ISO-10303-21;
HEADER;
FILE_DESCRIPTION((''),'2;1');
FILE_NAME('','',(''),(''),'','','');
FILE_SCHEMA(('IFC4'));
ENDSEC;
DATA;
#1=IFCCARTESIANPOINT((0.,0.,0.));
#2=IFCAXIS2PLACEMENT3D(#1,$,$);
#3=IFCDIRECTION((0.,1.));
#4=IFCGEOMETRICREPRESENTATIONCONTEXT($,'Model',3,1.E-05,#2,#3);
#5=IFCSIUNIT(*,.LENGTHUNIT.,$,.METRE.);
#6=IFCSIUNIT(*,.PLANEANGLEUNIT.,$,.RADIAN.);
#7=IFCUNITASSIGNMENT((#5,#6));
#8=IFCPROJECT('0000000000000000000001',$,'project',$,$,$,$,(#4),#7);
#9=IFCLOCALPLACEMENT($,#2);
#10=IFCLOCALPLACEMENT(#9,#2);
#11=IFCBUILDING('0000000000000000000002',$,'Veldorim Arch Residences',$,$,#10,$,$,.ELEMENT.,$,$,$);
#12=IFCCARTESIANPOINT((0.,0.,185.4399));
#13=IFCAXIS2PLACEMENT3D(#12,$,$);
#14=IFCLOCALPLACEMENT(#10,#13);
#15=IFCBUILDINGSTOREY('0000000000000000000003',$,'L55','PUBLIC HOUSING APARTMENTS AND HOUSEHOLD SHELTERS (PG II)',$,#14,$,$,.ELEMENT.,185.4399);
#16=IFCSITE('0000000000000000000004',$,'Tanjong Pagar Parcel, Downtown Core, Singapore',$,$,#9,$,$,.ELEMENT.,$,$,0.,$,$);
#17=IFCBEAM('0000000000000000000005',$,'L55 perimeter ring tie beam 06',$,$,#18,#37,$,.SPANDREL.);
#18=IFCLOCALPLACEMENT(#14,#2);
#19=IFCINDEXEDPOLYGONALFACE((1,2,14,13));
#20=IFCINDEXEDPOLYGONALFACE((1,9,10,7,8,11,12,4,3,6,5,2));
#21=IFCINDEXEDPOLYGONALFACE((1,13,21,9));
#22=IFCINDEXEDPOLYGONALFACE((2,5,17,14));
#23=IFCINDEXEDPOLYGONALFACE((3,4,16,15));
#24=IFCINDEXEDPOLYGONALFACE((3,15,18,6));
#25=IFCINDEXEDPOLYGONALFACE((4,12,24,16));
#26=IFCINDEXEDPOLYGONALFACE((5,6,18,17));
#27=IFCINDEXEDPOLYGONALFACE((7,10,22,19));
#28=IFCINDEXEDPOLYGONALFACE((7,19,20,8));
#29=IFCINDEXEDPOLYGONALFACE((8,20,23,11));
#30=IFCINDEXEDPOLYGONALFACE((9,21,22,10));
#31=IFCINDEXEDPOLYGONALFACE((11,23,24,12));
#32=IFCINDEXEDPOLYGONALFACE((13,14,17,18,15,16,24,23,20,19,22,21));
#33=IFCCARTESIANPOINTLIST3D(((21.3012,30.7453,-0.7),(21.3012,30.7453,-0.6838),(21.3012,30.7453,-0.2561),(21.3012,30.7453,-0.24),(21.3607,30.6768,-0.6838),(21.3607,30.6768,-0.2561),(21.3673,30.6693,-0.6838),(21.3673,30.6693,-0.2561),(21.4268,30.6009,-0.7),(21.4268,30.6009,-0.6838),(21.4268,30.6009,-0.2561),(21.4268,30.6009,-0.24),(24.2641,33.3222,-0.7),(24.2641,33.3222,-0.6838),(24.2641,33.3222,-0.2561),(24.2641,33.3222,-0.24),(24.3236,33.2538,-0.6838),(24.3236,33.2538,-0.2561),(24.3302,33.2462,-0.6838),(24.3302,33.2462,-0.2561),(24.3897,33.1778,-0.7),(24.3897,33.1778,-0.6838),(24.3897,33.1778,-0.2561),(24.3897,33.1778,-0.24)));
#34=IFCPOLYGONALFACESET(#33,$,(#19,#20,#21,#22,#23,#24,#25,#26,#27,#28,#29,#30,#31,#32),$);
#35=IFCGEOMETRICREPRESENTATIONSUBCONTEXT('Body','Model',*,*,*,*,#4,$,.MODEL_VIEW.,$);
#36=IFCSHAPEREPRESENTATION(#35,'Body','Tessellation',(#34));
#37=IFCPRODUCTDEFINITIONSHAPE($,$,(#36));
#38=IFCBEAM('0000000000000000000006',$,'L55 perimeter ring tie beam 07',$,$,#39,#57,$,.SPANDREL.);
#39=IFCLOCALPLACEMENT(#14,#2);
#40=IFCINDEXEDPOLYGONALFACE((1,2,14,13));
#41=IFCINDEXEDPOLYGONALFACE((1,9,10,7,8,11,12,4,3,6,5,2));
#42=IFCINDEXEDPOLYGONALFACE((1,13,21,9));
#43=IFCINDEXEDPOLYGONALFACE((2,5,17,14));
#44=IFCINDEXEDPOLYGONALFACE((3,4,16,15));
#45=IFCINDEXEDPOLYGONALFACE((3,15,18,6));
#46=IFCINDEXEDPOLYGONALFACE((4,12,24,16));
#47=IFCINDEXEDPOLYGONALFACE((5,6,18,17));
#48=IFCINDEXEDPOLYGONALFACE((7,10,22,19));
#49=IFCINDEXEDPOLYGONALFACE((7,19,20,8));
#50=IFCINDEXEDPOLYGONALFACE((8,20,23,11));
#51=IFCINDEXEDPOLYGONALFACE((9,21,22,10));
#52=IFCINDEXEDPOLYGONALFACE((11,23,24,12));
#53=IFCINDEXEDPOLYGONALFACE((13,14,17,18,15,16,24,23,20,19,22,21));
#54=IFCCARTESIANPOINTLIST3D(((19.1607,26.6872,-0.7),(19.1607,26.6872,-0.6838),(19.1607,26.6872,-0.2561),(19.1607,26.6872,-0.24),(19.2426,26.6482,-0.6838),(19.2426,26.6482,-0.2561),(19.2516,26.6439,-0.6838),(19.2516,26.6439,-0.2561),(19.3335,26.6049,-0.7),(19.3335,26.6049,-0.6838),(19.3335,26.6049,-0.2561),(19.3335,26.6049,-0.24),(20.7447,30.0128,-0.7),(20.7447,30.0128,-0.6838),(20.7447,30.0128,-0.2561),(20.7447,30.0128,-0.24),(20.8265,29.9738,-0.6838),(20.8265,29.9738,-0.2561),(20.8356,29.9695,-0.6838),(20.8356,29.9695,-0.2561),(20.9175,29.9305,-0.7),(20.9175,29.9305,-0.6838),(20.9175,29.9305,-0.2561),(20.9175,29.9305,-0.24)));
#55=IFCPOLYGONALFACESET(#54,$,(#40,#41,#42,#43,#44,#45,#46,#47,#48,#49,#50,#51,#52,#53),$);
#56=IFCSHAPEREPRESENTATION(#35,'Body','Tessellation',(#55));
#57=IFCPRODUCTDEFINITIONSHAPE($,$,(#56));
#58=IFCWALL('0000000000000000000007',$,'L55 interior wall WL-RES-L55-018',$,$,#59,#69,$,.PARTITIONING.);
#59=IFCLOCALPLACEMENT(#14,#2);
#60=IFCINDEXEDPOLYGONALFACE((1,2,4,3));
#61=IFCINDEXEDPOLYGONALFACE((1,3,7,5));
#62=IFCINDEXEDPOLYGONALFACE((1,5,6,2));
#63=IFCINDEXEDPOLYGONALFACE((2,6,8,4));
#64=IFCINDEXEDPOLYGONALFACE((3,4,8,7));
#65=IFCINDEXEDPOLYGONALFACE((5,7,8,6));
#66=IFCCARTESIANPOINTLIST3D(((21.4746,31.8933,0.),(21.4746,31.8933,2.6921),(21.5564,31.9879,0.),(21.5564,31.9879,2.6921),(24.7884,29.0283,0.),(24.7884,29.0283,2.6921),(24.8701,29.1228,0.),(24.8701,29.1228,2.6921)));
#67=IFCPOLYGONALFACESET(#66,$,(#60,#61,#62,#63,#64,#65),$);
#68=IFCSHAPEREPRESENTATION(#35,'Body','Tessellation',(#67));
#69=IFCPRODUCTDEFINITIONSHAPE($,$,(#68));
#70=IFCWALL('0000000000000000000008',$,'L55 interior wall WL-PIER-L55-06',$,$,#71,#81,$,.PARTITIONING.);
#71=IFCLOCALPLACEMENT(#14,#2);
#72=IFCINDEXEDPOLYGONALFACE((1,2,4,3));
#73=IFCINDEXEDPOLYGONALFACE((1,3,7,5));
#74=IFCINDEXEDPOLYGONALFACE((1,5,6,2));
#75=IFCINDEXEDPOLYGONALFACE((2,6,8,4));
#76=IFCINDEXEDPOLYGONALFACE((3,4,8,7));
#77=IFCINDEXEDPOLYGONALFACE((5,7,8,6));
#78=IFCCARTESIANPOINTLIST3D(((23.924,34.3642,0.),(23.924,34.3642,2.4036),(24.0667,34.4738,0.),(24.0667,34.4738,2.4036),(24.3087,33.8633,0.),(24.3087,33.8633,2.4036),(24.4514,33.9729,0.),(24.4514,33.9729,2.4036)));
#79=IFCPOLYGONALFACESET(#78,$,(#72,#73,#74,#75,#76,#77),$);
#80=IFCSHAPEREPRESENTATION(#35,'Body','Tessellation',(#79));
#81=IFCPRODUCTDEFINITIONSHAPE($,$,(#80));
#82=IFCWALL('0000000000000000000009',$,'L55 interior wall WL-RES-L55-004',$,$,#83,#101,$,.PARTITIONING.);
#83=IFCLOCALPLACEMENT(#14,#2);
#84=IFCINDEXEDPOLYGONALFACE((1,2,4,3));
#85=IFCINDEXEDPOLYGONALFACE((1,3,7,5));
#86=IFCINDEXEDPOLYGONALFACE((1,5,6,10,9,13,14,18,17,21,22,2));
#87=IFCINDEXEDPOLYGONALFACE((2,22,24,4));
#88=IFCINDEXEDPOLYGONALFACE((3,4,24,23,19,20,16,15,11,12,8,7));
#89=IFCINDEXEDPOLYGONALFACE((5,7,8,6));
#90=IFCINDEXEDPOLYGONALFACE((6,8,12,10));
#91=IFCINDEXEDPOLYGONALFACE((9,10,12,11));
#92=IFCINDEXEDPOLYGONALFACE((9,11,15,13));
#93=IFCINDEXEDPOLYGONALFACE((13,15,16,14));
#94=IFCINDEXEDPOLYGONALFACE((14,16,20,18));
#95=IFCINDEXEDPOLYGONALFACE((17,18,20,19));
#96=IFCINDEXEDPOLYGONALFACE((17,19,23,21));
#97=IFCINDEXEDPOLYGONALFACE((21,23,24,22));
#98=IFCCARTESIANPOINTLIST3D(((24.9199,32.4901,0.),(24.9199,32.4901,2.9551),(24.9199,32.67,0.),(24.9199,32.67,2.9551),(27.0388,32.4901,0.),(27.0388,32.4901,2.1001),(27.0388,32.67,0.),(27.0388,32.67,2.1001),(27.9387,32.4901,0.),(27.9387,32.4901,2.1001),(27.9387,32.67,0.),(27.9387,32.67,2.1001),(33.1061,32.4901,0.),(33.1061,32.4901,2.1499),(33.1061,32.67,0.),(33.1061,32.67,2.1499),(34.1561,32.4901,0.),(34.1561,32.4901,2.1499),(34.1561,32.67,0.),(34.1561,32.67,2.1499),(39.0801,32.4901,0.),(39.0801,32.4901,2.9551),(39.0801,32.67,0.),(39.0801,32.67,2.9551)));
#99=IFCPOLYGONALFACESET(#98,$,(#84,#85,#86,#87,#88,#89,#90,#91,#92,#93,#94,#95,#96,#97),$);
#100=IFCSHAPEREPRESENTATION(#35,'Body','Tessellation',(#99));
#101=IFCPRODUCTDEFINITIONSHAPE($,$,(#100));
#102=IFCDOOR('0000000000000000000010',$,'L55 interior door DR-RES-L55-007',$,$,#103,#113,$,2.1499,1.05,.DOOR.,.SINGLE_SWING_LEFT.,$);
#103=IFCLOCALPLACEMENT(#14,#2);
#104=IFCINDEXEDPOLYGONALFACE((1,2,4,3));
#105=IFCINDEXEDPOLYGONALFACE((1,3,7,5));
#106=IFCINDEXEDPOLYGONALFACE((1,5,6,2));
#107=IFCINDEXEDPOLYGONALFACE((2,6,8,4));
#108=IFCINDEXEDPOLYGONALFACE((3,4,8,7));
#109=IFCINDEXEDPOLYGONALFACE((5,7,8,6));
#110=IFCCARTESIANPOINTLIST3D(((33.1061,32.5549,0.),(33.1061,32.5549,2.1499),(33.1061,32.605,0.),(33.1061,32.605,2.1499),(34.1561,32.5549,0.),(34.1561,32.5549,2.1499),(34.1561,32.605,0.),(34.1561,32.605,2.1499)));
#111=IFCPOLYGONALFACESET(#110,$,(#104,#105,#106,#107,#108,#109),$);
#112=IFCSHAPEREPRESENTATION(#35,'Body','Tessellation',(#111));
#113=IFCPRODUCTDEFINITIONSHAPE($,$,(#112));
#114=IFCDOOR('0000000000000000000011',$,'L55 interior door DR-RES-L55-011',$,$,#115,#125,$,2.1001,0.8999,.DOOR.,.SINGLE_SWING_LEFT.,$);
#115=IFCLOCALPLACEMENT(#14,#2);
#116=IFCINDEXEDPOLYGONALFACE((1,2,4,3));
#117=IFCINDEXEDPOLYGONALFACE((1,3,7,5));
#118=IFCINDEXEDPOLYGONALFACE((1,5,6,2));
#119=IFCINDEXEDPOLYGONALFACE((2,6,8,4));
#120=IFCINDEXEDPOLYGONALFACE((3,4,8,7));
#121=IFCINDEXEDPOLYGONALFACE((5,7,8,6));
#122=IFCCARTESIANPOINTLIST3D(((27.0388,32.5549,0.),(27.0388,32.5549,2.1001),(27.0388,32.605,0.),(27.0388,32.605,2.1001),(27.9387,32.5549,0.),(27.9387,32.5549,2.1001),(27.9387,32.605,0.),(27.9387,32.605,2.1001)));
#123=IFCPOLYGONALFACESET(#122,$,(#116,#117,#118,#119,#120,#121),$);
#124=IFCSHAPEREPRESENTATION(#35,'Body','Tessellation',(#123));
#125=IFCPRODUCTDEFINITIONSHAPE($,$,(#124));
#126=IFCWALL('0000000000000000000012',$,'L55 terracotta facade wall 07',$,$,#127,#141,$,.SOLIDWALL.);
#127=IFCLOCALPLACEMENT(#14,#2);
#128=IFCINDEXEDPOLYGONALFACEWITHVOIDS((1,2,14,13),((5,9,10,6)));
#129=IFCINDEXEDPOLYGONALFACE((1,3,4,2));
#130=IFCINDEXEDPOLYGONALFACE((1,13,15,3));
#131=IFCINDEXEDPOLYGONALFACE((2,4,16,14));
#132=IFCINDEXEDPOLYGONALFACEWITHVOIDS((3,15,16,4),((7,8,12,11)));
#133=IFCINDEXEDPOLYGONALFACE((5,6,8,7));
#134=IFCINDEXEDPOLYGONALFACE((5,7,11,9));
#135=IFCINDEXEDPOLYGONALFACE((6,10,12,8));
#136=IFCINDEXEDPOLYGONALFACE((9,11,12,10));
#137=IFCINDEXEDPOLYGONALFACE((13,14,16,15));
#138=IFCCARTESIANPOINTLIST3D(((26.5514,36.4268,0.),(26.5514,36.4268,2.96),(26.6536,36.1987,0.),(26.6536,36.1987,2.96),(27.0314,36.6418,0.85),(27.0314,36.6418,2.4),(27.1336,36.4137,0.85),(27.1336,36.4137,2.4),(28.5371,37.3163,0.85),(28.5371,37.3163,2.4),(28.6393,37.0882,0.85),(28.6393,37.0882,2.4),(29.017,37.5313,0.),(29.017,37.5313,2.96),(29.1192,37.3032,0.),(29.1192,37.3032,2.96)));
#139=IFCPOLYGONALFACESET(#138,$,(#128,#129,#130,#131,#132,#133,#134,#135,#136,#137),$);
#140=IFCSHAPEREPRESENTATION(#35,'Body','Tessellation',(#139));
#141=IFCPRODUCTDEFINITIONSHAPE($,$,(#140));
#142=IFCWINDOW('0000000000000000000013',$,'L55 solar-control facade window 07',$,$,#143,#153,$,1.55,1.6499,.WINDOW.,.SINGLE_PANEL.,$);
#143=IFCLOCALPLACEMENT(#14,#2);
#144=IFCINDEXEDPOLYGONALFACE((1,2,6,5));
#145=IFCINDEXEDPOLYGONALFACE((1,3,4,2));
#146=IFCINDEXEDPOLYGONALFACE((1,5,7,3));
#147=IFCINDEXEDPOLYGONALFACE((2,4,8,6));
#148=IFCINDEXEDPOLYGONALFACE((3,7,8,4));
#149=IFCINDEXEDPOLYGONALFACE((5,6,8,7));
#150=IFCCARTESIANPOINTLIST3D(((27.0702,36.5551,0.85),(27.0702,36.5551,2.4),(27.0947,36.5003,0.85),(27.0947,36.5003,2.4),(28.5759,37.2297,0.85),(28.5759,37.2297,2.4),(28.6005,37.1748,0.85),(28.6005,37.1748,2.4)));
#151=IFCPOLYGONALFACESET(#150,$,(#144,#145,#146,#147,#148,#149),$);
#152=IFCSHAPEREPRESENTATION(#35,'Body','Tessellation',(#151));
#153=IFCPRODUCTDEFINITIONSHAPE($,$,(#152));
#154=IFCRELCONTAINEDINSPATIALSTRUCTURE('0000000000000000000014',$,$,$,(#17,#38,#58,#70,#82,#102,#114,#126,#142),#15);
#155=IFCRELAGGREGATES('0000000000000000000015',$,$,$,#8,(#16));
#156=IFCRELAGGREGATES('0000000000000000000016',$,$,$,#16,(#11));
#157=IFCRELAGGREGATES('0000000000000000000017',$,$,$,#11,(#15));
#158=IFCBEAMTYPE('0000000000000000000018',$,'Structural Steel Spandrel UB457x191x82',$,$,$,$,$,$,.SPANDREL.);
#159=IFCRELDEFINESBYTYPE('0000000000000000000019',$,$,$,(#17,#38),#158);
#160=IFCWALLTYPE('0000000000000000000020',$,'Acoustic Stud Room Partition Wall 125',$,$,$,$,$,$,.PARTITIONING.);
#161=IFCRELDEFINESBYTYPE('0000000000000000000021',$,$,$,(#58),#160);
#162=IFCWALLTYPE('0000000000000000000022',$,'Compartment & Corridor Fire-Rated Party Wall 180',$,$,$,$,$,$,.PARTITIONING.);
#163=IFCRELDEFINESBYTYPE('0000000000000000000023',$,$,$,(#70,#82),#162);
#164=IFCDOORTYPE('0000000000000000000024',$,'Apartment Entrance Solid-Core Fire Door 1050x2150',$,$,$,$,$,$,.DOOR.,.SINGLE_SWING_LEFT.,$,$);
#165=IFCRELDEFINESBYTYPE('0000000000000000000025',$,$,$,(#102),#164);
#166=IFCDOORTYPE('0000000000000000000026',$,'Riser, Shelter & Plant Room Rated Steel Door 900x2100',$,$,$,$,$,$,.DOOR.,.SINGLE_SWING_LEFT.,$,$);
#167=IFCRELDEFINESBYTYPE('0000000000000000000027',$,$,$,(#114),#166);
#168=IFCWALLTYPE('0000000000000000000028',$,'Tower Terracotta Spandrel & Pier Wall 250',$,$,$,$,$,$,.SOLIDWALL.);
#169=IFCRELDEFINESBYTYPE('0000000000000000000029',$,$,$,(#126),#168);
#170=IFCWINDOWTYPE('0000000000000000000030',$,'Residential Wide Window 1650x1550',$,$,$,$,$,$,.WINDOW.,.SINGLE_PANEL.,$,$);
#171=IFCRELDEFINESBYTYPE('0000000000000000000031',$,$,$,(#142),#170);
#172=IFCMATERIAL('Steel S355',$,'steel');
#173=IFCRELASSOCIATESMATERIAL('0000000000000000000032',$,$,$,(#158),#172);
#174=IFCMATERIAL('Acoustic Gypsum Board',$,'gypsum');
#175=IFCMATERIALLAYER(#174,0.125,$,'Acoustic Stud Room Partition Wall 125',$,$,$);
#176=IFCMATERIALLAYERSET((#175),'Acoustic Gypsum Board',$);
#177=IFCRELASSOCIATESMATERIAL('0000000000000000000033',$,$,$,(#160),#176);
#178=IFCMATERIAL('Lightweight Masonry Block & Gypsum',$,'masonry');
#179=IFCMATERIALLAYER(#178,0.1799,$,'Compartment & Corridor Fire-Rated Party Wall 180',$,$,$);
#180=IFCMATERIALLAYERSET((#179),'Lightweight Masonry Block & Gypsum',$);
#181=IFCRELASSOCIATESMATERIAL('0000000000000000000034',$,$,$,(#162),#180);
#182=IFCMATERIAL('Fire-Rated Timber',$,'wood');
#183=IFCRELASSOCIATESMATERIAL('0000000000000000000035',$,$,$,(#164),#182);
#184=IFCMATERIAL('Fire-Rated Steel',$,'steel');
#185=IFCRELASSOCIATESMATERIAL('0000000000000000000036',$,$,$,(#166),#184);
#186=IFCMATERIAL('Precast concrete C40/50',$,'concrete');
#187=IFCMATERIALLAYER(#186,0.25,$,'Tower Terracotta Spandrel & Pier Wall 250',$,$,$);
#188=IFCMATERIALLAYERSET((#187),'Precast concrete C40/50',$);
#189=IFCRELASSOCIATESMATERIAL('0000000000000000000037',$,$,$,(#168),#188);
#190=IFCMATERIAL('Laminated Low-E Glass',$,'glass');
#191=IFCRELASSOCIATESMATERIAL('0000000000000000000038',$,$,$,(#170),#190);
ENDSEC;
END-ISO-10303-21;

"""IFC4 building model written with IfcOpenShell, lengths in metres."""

from ifc_helpers import new_model, si_unit, direction, frame, frame_2d, origin, origin_2d, place, context, subcontext, project, spatial, rectangle, i_section, extrude, material, layer, layer_set, material_profile, profile_set, type_object, element, fill, save


model = new_model("IFC4")

# Units and contexts
model_context = context("Model", 3, precision=1e-05, world=origin(), true_north=direction((0.0, 1.0)))
body_context = subcontext(model_context, "Body", "Model", "MODEL_VIEW")
ifc_project = project(units=[si_unit("LENGTHUNIT", "METRE"), si_unit("PLANEANGLEUNIT", "RADIAN")], contexts=[model_context])

# Site, building, storey
site_placement = place(None, origin())
site = spatial("IfcSite", under=ifc_project, at=site_placement, Name="Tanjong Pagar Parcel, Downtown Core, Singapore", CompositionType="ELEMENT", RefElevation=0.0)
building_placement = place(site_placement, origin())
building = spatial("IfcBuilding", under=site, at=building_placement, Name="Veldorim Arch Residences", CompositionType="ELEMENT")
storey_placement = place(building_placement, frame((0.0, 0.0, 185.4399)))
storey = spatial("IfcBuildingStorey", under=building, at=storey_placement, Name="L55", Description="PUBLIC HOUSING APARTMENTS AND HOUSEHOLD SHELTERS (PG II)", CompositionType="ELEMENT", Elevation=185.4399)

# Beams
ifc_material_1 = material(Name="Steel S355", Category="steel")
ifc_material_profile_1 = material_profile(ifc_material_1, i_section(OverallWidth=0.1914, OverallDepth=0.46, WebThickness=0.01, FlangeThickness=0.0161, at=origin_2d()), Name="UB457x191x82")
ifc_profile_set_1 = profile_set([ifc_material_profile_1], Name="Steel S355")
beam_type_1 = type_object("IfcBeamType", Name="Structural Steel Spandrel UB457x191x82", PredefinedType="SPANDREL", material=ifc_profile_set_1)
beam_1_placement = place(storey_placement, frame((24.3269, 33.25, -0.47), z_axis=(-0.754545, -0.656248, 0.0), x_axis=(0.656248, -0.754545, 0.0)))
element("IfcBeam", 1, at=beam_1_placement, inside=storey, type_object=beam_type_1, Name="L55 perimeter ring tie beam 06", PredefinedType="SPANDREL", context=body_context, shape_type="SweptSolid", body=[
    extrude(i_section(OverallWidth=0.1914, OverallDepth=0.46, WebThickness=0.01, FlangeThickness=0.0161, at=origin_2d()), origin(), (0.0, 0.0, 1.0), 3.9268),
])
beam_2_placement = place(storey_placement, frame((20.8311, 29.9717, -0.47), z_axis=(-0.430006, -0.902826, 0.0), x_axis=(0.902826, -0.430006, 0.0)))
element("IfcBeam", 2, at=beam_2_placement, inside=storey, type_object=beam_type_1, Name="L55 perimeter ring tie beam 07", PredefinedType="SPANDREL", context=body_context, shape_type="SweptSolid", body=[
    extrude(i_section(OverallWidth=0.1914, OverallDepth=0.46, WebThickness=0.01, FlangeThickness=0.0161, at=origin_2d()), origin(), (0.0, 0.0, 1.0), 3.6836),
])

# Walls
ifc_material_2 = material(Name="Acoustic Gypsum Board", Category="gypsum")
ifc_layer_1 = layer(ifc_material_2, 0.125, Name="Acoustic Stud Room Partition Wall 125")
ifc_layer_set_1 = layer_set([ifc_layer_1], Name="Acoustic Gypsum Board")
wall_type_1 = type_object("IfcWallType", Name="Acoustic Stud Room Partition Wall 125", PredefinedType="PARTITIONING", material=ifc_layer_set_1)
wall_1_placement = place(storey_placement, frame((21.5154, 31.9407, 0.0), z_axis=(0.0, 0.0, 1.0), x_axis=(0.756468, -0.65403, 0.0)))
element("IfcWall", 3, at=wall_1_placement, inside=storey, type_object=wall_type_1, Name="L55 interior wall WL-RES-L55-018", PredefinedType="PARTITIONING", context=body_context, shape_type="SweptSolid", body=[
    extrude(rectangle(XDim=4.3806, YDim=0.125, at=frame_2d((2.1904, 0.0))), origin(), (0.0, 0.0, 1.0), 2.6921),
])
ifc_material_3 = material(Name="Lightweight Masonry Block & Gypsum", Category="masonry")
ifc_layer_2 = layer(ifc_material_3, 0.1799, Name="Compartment & Corridor Fire-Rated Party Wall 180")
ifc_layer_set_2 = layer_set([ifc_layer_2], Name="Lightweight Masonry Block & Gypsum")
wall_type_2 = type_object("IfcWallType", Name="Compartment & Corridor Fire-Rated Party Wall 180", PredefinedType="PARTITIONING", material=ifc_layer_set_2)
wall_2_placement = place(storey_placement, frame((24.3801, 33.918, 0.0), z_axis=(0.0, 0.0, 1.0), x_axis=(-0.609113, 0.793084, 0.0)))
element("IfcWall", 4, at=wall_2_placement, inside=storey, type_object=wall_type_2, Name="L55 interior wall WL-PIER-L55-06", PredefinedType="PARTITIONING", context=body_context, shape_type="SweptSolid", body=[
    extrude(rectangle(XDim=0.6316, YDim=0.1799, at=frame_2d((0.3159, 0.0))), origin(), (0.0, 0.0, 1.0), 2.4036),
])

# Wall, openings, doors
wall_3_placement = place(storey_placement, frame((24.9199, 32.5801, 0.0), z_axis=(0.0, 0.0, 1.0), x_axis=(1.0, 0.0, 0.0)))
wall_3 = element("IfcWall", 5, at=wall_3_placement, inside=storey, type_object=wall_type_2, Name="L55 interior wall WL-RES-L55-004", PredefinedType="PARTITIONING", context=body_context, shape_type="SweptSolid", body=[
    extrude(rectangle(XDim=14.1602, YDim=0.1799, at=frame_2d((7.0801, 0.0))), origin(), (0.0, 0.0, 1.0), 2.9551),
])
opening_1_placement = place(wall_3_placement, frame((8.1863, 0.0, 0.0)))
opening_1 = element("IfcOpeningElement", 6, at=opening_1_placement, cuts=wall_3, PredefinedType="OPENING", context=body_context, shape_type="SweptSolid", body=[
    extrude(rectangle(XDim=1.05, YDim=2.1499, at=frame_2d((0.5249, 1.075))), frame((0.0, 0.0999, 0.0), z_axis=(0.0, -1.0, 0.0), x_axis=(1.0, 0.0, 0.0)), (0.0, 0.0, 1.0), 0.2),
])
opening_2_placement = place(wall_3_placement, frame((2.1189, 0.0, 0.0)))
opening_2 = element("IfcOpeningElement", 7, at=opening_2_placement, cuts=wall_3, PredefinedType="OPENING", context=body_context, shape_type="SweptSolid", body=[
    extrude(rectangle(XDim=0.8999, YDim=2.1001, at=frame_2d((0.45, 1.05))), frame((0.0, 0.0999, 0.0), z_axis=(0.0, -1.0, 0.0), x_axis=(1.0, 0.0, 0.0)), (0.0, 0.0, 1.0), 0.2),
])
ifc_material_4 = material(Name="Fire-Rated Timber", Category="wood")
door_type_1 = type_object("IfcDoorType", Name="Apartment Entrance Solid-Core Fire Door 1050x2150", OperationType="SINGLE_SWING_LEFT", PredefinedType="DOOR", material=ifc_material_4)
door_1_placement = place(opening_1_placement, origin())
door_1 = element("IfcDoor", 8, at=door_1_placement, inside=storey, type_object=door_type_1, Name="L55 interior door DR-RES-L55-007", OperationType="SINGLE_SWING_LEFT", OverallHeight=2.1499, OverallWidth=1.05, PredefinedType="DOOR", context=body_context, shape_type="SweptSolid", body=[
    extrude(rectangle(XDim=1.05, YDim=2.1499, at=frame_2d((0.5249, 1.075))), frame((0.0, 0.0249, 0.0), z_axis=(0.0, -1.0, 0.0), x_axis=(1.0, 0.0, 0.0)), (0.0, 0.0, 1.0), 0.05),
])
fill(opening_1, door_1)
ifc_material_5 = material(Name="Fire-Rated Steel", Category="steel")
door_type_2 = type_object("IfcDoorType", Name="Riser, Shelter & Plant Room Rated Steel Door 900x2100", OperationType="SINGLE_SWING_LEFT", PredefinedType="DOOR", material=ifc_material_5)
door_2_placement = place(opening_2_placement, origin())
door_2 = element("IfcDoor", 9, at=door_2_placement, inside=storey, type_object=door_type_2, Name="L55 interior door DR-RES-L55-011", OperationType="SINGLE_SWING_LEFT", OverallHeight=2.1001, OverallWidth=0.8999, PredefinedType="DOOR", context=body_context, shape_type="SweptSolid", body=[
    extrude(rectangle(XDim=0.8999, YDim=2.1001, at=frame_2d((0.45, 1.05))), frame((0.0, 0.0249, 0.0), z_axis=(0.0, -1.0, 0.0), x_axis=(1.0, 0.0, 0.0)), (0.0, 0.0, 1.0), 0.05),
])
fill(opening_2, door_2)

# Wall, opening, window
ifc_material_6 = material(Name="Precast concrete C40/50", Category="concrete")
ifc_layer_3 = layer(ifc_material_6, 0.25, Name="Tower Terracotta Spandrel & Pier Wall 250")
ifc_layer_set_3 = layer_set([ifc_layer_3], Name="Precast concrete C40/50")
wall_type_3 = type_object("IfcWallType", Name="Tower Terracotta Spandrel & Pier Wall 250", PredefinedType="SOLIDWALL", material=ifc_layer_set_3)
wall_4_placement = place(storey_placement, frame((26.6025, 36.3127, 0.0), z_axis=(0.0, 0.0, 1.0), x_axis=(0.912615, 0.40882, 0.0)))
wall_4 = element("IfcWall", 10, at=wall_4_placement, inside=storey, type_object=wall_type_3, Name="L55 terracotta facade wall 07", PredefinedType="SOLIDWALL", context=body_context, shape_type="SweptSolid", body=[
    extrude(rectangle(XDim=2.7017, YDim=0.25, at=frame_2d((1.3508, 0.0))), origin(), (0.0, 0.0, 1.0), 2.96),
])
opening_3_placement = place(wall_4_placement, frame((0.5259, 0.0, 0.8501)))
opening_3 = element("IfcOpeningElement", 11, at=opening_3_placement, cuts=wall_4, PredefinedType="OPENING", context=body_context, shape_type="SweptSolid", body=[
    extrude(rectangle(XDim=1.6499, YDim=1.55, at=frame_2d((0.825, 0.7749))), frame((0.0, 0.135, 0.0), z_axis=(0.0, -1.0, 0.0), x_axis=(1.0, 0.0, 0.0)), (0.0, 0.0, 1.0), 0.27),
])
ifc_material_7 = material(Name="Laminated Low-E Glass", Category="glass")
window_type_1 = type_object("IfcWindowType", Name="Residential Wide Window 1650x1550", PartitioningType="SINGLE_PANEL", PredefinedType="WINDOW", material=ifc_material_7)
window_1_placement = place(opening_3_placement, origin())
window_1 = element("IfcWindow", 12, at=window_1_placement, inside=storey, type_object=window_type_1, Name="L55 solar-control facade window 07", OverallHeight=1.55, OverallWidth=1.6499, PartitioningType="SINGLE_PANEL", PredefinedType="WINDOW", context=body_context, shape_type="SweptSolid", body=[
    extrude(rectangle(XDim=1.6499, YDim=1.55, at=frame_2d((0.825, 0.7749))), frame((0.0, 0.03, 0.0), z_axis=(0.0, -1.0, 0.0), x_axis=(1.0, 0.0, 0.0)), (0.0, 0.0, 1.0), 0.0601),
])
fill(opening_3, window_1)

save(model, "model.ifc")
